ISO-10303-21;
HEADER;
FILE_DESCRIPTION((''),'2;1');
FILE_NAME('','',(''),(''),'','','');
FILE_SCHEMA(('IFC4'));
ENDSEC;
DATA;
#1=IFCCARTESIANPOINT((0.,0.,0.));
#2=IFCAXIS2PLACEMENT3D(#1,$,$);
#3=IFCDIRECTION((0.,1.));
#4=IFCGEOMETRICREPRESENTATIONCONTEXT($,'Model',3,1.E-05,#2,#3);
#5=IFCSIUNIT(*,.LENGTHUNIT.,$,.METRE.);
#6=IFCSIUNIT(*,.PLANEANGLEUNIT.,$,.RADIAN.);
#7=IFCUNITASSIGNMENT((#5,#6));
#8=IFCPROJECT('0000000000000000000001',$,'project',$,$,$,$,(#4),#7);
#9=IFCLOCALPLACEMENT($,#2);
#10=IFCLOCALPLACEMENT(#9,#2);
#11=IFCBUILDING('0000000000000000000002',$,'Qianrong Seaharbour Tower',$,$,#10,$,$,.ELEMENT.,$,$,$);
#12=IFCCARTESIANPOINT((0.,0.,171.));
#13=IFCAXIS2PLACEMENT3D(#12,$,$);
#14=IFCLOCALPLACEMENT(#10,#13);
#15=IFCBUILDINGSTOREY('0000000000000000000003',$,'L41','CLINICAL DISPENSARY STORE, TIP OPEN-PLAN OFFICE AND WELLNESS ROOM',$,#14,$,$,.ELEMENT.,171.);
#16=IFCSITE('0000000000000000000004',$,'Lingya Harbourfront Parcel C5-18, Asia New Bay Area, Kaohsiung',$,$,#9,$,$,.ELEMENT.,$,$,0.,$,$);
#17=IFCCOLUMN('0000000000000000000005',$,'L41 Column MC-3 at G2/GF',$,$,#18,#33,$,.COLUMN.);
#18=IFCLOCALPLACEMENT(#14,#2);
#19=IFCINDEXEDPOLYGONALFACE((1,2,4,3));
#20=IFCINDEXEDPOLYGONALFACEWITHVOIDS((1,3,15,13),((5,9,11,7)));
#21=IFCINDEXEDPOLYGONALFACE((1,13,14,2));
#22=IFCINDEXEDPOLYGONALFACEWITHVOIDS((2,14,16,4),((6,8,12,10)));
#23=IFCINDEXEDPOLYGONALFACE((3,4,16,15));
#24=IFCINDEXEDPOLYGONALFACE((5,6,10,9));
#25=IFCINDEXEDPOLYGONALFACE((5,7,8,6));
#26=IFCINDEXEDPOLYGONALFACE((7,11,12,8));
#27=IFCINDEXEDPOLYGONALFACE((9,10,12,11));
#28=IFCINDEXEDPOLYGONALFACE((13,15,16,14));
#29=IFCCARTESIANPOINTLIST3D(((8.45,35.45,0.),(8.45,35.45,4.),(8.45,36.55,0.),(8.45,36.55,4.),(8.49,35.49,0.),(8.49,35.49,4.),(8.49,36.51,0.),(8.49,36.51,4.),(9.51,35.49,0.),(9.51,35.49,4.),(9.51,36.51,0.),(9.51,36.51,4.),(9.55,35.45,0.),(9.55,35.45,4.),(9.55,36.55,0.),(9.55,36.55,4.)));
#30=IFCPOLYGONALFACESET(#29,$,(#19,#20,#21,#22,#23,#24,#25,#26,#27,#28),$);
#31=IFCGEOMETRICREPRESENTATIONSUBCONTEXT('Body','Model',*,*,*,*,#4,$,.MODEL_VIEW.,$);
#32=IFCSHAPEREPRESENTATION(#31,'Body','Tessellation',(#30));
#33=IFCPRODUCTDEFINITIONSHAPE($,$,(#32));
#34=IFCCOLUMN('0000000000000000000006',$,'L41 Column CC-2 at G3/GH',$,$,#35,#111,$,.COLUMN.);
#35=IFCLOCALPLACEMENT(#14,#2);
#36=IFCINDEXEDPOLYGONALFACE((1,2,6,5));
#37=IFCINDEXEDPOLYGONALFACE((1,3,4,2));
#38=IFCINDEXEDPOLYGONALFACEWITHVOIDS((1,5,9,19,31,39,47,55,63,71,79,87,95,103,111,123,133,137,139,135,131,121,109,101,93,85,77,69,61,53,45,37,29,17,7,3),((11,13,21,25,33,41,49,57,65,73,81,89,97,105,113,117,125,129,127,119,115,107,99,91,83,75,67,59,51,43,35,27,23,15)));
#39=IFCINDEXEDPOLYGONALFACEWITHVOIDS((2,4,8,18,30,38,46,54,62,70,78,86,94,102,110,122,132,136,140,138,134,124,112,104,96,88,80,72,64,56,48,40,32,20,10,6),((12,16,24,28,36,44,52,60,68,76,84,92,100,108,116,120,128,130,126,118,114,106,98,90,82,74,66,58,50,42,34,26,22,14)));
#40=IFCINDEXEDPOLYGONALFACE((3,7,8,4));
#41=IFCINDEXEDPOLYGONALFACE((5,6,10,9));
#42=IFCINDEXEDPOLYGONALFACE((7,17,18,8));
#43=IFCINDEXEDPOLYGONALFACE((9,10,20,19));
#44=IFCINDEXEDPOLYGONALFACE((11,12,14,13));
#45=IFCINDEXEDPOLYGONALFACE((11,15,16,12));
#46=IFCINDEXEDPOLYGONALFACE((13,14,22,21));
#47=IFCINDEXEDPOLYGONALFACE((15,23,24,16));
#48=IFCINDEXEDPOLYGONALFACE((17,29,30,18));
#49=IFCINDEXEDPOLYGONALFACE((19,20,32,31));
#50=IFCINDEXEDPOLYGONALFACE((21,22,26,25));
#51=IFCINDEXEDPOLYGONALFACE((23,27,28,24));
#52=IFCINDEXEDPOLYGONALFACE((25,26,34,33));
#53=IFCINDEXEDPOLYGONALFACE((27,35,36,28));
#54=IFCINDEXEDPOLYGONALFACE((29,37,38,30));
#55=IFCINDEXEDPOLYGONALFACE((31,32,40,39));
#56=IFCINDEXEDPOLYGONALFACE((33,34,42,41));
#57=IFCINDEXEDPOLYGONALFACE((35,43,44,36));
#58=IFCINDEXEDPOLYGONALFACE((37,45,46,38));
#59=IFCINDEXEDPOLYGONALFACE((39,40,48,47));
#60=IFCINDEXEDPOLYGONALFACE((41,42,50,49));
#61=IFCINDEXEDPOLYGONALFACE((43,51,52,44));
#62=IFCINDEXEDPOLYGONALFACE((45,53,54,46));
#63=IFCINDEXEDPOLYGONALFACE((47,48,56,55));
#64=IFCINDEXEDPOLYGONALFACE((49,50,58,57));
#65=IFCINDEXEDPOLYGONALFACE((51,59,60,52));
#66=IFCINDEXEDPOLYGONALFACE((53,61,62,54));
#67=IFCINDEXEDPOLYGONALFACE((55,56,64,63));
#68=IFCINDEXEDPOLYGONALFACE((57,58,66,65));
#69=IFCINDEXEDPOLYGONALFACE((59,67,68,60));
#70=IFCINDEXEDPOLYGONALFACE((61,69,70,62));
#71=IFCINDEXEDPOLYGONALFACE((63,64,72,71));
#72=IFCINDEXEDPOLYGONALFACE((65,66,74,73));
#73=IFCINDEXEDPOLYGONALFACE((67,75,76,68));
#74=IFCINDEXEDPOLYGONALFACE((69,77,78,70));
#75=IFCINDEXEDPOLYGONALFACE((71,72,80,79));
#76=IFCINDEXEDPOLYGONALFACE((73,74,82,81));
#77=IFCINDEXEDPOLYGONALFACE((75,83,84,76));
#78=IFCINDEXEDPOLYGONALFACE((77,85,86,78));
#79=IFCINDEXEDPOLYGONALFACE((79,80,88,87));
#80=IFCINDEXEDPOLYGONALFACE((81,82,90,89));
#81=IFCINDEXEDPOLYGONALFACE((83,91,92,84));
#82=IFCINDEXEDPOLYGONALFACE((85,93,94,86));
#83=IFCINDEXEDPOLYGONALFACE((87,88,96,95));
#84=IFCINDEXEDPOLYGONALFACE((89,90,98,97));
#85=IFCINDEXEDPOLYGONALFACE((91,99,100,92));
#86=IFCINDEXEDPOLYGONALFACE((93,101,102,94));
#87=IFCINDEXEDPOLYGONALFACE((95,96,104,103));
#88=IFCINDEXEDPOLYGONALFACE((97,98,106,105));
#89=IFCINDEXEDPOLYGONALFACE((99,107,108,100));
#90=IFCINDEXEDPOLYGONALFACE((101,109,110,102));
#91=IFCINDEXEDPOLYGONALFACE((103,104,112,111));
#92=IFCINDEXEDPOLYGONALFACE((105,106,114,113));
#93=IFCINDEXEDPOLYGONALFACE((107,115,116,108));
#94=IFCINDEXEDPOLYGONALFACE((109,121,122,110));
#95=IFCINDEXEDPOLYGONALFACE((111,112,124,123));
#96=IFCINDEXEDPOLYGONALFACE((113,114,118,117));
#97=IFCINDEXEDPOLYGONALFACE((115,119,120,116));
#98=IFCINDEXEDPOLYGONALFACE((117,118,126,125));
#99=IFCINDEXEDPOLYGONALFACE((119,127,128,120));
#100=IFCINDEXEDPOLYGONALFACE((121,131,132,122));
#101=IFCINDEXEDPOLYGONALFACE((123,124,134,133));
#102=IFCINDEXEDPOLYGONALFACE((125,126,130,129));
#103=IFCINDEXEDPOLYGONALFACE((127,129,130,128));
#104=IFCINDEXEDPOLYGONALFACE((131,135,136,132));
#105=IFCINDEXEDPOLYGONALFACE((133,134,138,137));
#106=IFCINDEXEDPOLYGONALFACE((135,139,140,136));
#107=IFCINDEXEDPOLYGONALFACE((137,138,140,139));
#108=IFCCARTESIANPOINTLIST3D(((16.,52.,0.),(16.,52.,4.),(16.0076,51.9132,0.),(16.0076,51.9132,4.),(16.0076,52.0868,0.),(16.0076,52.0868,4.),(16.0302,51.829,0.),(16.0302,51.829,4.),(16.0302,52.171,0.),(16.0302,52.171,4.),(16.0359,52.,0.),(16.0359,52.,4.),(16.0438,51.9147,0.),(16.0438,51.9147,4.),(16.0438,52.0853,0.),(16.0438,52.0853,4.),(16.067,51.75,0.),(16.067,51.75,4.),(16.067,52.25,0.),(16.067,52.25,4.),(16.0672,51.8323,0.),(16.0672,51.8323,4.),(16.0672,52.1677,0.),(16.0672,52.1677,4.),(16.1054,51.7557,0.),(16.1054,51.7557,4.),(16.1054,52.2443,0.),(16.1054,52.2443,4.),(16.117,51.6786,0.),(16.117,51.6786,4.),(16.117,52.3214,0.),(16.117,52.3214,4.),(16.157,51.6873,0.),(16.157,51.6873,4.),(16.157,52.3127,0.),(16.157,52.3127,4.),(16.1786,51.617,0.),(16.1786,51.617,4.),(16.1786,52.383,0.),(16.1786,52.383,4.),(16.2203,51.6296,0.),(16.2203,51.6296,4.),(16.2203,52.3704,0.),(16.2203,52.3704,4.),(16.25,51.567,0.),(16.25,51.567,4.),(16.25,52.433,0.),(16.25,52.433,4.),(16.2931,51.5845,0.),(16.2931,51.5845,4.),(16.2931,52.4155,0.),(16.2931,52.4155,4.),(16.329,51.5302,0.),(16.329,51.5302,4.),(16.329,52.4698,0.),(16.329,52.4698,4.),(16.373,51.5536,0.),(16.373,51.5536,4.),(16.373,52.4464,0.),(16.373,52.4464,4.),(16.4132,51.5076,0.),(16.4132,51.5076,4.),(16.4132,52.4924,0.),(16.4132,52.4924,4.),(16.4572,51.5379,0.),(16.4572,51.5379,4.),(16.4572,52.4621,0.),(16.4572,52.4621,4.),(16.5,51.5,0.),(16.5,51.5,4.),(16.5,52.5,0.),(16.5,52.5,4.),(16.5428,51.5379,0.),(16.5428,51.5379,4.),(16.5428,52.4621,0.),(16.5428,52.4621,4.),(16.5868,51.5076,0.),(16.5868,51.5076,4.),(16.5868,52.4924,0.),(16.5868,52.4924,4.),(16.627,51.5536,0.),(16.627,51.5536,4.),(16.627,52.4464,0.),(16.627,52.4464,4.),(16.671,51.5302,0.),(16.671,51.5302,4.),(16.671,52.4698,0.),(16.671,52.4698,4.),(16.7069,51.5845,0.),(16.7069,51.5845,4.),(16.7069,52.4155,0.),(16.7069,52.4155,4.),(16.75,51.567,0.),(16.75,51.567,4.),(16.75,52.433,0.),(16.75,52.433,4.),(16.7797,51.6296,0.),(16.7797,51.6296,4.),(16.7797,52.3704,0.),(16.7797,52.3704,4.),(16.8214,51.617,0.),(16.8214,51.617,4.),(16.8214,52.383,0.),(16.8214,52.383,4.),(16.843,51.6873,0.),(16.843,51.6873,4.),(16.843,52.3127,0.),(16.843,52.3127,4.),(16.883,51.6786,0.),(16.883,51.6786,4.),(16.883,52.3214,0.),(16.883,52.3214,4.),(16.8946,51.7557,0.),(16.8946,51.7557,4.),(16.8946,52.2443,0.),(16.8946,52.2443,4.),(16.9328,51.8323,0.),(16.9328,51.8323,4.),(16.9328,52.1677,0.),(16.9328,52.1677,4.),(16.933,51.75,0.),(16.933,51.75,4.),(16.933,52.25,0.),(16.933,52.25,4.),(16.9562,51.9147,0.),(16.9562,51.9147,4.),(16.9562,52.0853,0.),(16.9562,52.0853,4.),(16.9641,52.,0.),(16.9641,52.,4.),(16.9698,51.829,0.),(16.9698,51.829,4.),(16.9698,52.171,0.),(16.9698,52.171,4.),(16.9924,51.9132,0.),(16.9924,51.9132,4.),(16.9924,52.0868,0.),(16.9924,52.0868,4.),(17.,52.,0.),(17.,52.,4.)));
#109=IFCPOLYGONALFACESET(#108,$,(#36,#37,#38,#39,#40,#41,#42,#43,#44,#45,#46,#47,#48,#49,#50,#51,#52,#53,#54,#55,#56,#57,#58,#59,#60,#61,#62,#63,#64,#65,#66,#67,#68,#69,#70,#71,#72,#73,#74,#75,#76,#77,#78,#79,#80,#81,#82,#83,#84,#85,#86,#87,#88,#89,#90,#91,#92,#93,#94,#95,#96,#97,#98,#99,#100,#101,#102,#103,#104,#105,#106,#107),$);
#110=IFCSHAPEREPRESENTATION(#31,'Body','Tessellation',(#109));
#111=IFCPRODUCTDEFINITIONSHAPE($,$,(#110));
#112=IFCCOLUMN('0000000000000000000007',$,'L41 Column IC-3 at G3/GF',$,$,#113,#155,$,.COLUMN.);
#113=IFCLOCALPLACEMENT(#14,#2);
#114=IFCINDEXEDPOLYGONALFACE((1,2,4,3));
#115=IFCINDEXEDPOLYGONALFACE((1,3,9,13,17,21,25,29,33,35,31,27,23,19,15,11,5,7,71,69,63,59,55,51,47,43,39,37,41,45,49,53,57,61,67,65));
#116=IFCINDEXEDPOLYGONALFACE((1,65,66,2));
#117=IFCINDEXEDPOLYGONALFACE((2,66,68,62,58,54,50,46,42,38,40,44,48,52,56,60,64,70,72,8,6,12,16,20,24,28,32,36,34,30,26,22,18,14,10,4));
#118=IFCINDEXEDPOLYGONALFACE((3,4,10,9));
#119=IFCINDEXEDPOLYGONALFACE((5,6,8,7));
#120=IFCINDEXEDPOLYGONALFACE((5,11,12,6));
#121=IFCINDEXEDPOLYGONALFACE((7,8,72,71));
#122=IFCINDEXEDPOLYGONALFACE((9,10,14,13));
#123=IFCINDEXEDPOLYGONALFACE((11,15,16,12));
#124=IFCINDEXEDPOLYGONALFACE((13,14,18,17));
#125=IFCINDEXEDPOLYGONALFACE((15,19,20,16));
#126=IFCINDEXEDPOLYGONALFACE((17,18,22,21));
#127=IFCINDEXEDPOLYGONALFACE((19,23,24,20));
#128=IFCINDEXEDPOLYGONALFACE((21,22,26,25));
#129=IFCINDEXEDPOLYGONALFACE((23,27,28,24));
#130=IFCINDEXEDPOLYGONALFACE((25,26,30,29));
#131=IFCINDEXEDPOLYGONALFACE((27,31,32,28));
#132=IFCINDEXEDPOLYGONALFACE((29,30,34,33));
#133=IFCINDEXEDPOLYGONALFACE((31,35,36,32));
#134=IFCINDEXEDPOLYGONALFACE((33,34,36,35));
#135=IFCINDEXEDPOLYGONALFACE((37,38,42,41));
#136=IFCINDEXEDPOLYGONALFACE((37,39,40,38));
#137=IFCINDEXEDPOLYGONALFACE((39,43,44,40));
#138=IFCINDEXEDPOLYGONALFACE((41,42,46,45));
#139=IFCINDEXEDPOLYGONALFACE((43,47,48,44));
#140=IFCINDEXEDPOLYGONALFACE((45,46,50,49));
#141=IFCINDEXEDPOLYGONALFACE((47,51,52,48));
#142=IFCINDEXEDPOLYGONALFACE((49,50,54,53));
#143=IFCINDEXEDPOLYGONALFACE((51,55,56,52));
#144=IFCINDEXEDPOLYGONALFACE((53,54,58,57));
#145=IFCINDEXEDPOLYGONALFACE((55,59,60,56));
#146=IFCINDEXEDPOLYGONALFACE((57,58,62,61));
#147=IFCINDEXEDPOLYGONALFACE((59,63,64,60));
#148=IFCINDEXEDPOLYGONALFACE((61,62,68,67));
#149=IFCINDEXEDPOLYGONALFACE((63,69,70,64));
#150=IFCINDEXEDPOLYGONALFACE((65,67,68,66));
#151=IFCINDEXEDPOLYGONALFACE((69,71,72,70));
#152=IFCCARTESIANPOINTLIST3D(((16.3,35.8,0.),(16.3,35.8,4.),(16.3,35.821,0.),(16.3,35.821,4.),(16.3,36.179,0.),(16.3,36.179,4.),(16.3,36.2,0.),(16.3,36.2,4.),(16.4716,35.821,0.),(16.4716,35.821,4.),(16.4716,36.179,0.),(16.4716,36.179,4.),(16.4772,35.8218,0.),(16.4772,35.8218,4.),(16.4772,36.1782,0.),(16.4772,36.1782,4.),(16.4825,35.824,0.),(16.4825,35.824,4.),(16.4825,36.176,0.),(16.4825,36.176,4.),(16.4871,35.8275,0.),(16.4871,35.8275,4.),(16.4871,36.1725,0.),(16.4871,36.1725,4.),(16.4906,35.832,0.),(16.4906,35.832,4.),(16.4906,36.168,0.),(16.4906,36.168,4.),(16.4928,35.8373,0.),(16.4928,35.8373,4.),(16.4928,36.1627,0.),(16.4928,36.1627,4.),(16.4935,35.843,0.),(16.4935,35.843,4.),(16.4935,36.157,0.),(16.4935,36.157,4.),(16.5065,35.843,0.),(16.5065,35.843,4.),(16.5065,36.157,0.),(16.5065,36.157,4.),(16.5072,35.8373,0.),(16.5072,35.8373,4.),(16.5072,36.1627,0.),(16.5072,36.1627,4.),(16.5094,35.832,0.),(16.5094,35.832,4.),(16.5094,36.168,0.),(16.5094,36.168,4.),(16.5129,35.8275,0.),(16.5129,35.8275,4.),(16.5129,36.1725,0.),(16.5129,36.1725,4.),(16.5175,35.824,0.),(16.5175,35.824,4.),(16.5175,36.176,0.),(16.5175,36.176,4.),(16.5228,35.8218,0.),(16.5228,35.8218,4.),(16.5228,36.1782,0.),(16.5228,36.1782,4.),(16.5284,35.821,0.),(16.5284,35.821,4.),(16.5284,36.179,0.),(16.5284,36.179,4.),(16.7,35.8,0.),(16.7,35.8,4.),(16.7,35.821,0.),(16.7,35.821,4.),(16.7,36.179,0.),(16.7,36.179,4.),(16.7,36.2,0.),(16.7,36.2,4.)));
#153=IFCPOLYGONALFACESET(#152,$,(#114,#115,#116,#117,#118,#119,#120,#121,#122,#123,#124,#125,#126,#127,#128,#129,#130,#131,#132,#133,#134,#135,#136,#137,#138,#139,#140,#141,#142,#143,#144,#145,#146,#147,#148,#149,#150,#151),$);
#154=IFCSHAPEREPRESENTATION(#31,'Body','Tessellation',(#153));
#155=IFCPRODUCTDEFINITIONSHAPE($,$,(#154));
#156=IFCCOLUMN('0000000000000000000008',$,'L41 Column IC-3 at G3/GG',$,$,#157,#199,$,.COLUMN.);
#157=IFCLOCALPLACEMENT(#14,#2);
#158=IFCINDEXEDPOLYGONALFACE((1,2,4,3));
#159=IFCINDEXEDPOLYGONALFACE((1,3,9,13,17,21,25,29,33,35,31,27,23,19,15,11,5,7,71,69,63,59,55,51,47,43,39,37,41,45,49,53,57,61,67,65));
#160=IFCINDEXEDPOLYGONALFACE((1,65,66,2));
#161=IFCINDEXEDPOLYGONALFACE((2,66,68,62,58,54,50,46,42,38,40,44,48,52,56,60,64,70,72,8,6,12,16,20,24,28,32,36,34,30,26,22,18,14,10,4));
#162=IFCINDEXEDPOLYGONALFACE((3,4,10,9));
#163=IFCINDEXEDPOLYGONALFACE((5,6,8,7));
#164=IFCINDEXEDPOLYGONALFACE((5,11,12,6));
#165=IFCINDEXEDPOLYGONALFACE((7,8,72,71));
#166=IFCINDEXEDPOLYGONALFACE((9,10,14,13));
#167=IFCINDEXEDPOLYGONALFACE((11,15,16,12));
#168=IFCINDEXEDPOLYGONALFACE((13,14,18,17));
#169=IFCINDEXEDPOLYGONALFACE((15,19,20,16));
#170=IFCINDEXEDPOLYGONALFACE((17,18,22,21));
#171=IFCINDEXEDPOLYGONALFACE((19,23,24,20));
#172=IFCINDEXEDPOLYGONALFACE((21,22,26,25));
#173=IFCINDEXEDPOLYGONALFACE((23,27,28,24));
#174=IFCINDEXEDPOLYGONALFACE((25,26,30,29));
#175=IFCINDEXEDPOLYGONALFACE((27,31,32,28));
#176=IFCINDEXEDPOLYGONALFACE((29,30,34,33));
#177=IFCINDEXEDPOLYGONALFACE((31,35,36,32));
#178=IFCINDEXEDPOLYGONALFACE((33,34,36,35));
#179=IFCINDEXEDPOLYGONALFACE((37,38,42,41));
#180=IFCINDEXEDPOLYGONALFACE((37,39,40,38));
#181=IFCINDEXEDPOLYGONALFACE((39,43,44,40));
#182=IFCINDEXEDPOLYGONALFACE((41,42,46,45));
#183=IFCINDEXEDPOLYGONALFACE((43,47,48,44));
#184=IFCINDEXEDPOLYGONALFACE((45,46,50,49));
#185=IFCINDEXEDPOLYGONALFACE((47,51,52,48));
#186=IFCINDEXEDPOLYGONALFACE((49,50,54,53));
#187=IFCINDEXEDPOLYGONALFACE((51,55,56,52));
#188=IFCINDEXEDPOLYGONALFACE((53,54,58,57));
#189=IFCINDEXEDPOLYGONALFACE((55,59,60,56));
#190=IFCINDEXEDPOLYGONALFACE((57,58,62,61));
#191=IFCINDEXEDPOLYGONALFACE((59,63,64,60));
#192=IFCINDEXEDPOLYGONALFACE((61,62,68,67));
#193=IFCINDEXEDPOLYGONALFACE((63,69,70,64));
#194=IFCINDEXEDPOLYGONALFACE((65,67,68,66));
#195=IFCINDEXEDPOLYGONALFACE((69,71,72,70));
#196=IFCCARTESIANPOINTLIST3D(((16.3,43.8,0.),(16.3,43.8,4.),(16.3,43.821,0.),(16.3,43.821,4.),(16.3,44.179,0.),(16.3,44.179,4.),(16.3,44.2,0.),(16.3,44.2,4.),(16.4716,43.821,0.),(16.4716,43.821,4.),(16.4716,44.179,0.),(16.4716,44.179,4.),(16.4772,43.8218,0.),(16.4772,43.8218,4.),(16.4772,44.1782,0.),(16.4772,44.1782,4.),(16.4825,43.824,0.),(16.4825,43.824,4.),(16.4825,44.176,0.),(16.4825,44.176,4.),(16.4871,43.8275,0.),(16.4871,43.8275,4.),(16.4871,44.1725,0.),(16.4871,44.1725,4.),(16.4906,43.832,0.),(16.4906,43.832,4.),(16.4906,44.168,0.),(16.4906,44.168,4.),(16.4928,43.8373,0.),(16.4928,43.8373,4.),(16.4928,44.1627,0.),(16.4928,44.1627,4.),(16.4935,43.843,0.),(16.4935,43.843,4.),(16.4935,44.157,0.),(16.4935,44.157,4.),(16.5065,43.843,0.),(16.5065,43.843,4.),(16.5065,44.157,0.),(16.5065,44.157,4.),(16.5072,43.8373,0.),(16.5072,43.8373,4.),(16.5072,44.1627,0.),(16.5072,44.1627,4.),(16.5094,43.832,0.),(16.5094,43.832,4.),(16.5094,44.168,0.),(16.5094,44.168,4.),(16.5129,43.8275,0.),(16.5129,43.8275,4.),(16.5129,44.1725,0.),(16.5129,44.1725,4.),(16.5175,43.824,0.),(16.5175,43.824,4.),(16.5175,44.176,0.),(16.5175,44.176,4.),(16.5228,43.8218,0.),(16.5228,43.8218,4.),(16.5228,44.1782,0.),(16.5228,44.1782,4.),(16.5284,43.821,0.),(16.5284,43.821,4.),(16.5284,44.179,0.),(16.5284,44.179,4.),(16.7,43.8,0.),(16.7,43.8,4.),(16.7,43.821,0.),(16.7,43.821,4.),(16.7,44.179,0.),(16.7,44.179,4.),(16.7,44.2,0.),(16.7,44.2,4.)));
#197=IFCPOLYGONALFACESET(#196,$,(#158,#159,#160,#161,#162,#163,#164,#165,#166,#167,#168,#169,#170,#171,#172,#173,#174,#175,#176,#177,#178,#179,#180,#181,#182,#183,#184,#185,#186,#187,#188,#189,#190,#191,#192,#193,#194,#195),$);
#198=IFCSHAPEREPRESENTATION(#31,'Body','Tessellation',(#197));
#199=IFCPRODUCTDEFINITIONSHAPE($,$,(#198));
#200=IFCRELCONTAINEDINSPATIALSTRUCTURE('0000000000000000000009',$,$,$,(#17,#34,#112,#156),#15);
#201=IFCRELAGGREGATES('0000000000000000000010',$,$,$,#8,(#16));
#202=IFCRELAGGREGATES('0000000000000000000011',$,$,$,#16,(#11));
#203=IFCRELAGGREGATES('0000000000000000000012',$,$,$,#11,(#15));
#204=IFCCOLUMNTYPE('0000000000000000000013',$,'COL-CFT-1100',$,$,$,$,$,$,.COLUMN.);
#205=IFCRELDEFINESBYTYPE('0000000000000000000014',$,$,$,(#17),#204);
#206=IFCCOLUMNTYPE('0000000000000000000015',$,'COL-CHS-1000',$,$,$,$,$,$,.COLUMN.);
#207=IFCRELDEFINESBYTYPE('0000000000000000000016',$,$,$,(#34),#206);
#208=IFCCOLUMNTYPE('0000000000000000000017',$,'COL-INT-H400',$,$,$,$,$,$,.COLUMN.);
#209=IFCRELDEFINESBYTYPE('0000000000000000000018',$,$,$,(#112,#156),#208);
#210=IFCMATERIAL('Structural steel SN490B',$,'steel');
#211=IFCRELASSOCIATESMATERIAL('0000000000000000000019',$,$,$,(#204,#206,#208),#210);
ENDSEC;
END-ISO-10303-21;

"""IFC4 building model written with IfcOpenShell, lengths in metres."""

from ifc_helpers import new_model, si_unit, direction, frame, origin, origin_2d, place, context, subcontext, project, spatial, hollow_rectangle, hollow_circle, i_section, extrude, material, material_profile, profile_set, type_object, element, save


model = new_model("IFC4")

# Units and contexts
model_context = context("Model", 3, precision=1e-05, world=origin(), true_north=direction((0.0, 1.0)))
body_context = subcontext(model_context, "Body", "Model", "MODEL_VIEW")
ifc_project = project(units=[si_unit("LENGTHUNIT", "METRE"), si_unit("PLANEANGLEUNIT", "RADIAN")], contexts=[model_context])

# Site, building, storey
site_placement = place(None, origin())
site = spatial("IfcSite", under=ifc_project, at=site_placement, Name="Lingya Harbourfront Parcel C5-18, Asia New Bay Area, Kaohsiung", CompositionType="ELEMENT", RefElevation=0.0)
building_placement = place(site_placement, origin())
building = spatial("IfcBuilding", under=site, at=building_placement, Name="Qianrong Seaharbour Tower", CompositionType="ELEMENT")
storey_placement = place(building_placement, frame((0.0, 0.0, 171.0)))
storey = spatial("IfcBuildingStorey", under=building, at=storey_placement, Name="L41", Description="CLINICAL DISPENSARY STORE, TIP OPEN-PLAN OFFICE AND WELLNESS ROOM", CompositionType="ELEMENT", Elevation=171.0)

# Columns
ifc_material_1 = material(Name="Structural steel SN490B", Category="steel")
ifc_material_profile_1 = material_profile(ifc_material_1, hollow_rectangle(XDim=1.1001, YDim=1.1001, WallThickness=0.04, at=origin_2d()), Name="BOX1100x1100x40")
ifc_profile_set_1 = profile_set([ifc_material_profile_1], Name="Structural steel SN490B")
column_type_1 = type_object("IfcColumnType", Name="COL-CFT-1100", PredefinedType="COLUMN", material=ifc_profile_set_1)
column_1_placement = place(storey_placement, frame((9.0, 36.0, 0.0), z_axis=(0.0, 0.0, 1.0), x_axis=(1.0, 0.0, 0.0)))
element("IfcColumn", 1, at=column_1_placement, inside=storey, type_object=column_type_1, Name="L41 Column MC-3 at G2/GF", PredefinedType="COLUMN", context=body_context, shape_type="SweptSolid", body=[
    extrude(hollow_rectangle(XDim=1.1001, YDim=1.1001, WallThickness=0.04, at=origin_2d()), origin(), (0.0, 0.0, 1.0), 4.0),
])
ifc_material_profile_2 = material_profile(ifc_material_1, hollow_circle(Radius=0.5, WallThickness=0.0359, at=origin_2d()), Name="CHS1000x36")
ifc_profile_set_2 = profile_set([ifc_material_profile_2], Name="Structural steel SN490B")
column_type_2 = type_object("IfcColumnType", Name="COL-CHS-1000", PredefinedType="COLUMN", material=ifc_profile_set_2)
column_2_placement = place(storey_placement, frame((16.5, 52.0, 0.0), z_axis=(0.0, 0.0, 1.0), x_axis=(1.0, 0.0, 0.0)))
element("IfcColumn", 2, at=column_2_placement, inside=storey, type_object=column_type_2, Name="L41 Column CC-2 at G3/GH", PredefinedType="COLUMN", context=body_context, shape_type="SweptSolid", body=[
    extrude(hollow_circle(Radius=0.5, WallThickness=0.0359, at=origin_2d()), origin(), (0.0, 0.0, 1.0), 4.0),
])
ifc_material_profile_3 = material_profile(ifc_material_1, i_section(OverallWidth=0.3999, OverallDepth=0.3999, WebThickness=0.0129, FlangeThickness=0.021, FilletRadius=0.022, at=origin_2d()), Name="H400x400x13x21")
ifc_profile_set_3 = profile_set([ifc_material_profile_3], Name="Structural steel SN490B")
column_type_3 = type_object("IfcColumnType", Name="COL-INT-H400", PredefinedType="COLUMN", material=ifc_profile_set_3)
for number, where, z_axis, x_axis, name in (
    (3, (16.5, 36.0, 0.0), (0.0, 0.0, 1.0), (1.0, 0.0, 0.0), "L41 Column IC-3 at G3/GF"),
    (4, (16.5, 44.0, 0.0), (0.0, 0.0, 1.0), (1.0, 0.0, 0.0), "L41 Column IC-3 at G3/GG"),
):
    element("IfcColumn", number, at=place(storey_placement, frame(where, z_axis=z_axis, x_axis=x_axis)), inside=storey, type_object=column_type_3, Name=name, PredefinedType="COLUMN", context=body_context, shape_type="SweptSolid", body=[
        extrude(i_section(OverallWidth=0.3999, OverallDepth=0.3999, WebThickness=0.0129, FlangeThickness=0.021, FilletRadius=0.022, at=origin_2d()), origin(), (0.0, 0.0, 1.0), 4.0),
    ])

save(model, "model.ifc")
